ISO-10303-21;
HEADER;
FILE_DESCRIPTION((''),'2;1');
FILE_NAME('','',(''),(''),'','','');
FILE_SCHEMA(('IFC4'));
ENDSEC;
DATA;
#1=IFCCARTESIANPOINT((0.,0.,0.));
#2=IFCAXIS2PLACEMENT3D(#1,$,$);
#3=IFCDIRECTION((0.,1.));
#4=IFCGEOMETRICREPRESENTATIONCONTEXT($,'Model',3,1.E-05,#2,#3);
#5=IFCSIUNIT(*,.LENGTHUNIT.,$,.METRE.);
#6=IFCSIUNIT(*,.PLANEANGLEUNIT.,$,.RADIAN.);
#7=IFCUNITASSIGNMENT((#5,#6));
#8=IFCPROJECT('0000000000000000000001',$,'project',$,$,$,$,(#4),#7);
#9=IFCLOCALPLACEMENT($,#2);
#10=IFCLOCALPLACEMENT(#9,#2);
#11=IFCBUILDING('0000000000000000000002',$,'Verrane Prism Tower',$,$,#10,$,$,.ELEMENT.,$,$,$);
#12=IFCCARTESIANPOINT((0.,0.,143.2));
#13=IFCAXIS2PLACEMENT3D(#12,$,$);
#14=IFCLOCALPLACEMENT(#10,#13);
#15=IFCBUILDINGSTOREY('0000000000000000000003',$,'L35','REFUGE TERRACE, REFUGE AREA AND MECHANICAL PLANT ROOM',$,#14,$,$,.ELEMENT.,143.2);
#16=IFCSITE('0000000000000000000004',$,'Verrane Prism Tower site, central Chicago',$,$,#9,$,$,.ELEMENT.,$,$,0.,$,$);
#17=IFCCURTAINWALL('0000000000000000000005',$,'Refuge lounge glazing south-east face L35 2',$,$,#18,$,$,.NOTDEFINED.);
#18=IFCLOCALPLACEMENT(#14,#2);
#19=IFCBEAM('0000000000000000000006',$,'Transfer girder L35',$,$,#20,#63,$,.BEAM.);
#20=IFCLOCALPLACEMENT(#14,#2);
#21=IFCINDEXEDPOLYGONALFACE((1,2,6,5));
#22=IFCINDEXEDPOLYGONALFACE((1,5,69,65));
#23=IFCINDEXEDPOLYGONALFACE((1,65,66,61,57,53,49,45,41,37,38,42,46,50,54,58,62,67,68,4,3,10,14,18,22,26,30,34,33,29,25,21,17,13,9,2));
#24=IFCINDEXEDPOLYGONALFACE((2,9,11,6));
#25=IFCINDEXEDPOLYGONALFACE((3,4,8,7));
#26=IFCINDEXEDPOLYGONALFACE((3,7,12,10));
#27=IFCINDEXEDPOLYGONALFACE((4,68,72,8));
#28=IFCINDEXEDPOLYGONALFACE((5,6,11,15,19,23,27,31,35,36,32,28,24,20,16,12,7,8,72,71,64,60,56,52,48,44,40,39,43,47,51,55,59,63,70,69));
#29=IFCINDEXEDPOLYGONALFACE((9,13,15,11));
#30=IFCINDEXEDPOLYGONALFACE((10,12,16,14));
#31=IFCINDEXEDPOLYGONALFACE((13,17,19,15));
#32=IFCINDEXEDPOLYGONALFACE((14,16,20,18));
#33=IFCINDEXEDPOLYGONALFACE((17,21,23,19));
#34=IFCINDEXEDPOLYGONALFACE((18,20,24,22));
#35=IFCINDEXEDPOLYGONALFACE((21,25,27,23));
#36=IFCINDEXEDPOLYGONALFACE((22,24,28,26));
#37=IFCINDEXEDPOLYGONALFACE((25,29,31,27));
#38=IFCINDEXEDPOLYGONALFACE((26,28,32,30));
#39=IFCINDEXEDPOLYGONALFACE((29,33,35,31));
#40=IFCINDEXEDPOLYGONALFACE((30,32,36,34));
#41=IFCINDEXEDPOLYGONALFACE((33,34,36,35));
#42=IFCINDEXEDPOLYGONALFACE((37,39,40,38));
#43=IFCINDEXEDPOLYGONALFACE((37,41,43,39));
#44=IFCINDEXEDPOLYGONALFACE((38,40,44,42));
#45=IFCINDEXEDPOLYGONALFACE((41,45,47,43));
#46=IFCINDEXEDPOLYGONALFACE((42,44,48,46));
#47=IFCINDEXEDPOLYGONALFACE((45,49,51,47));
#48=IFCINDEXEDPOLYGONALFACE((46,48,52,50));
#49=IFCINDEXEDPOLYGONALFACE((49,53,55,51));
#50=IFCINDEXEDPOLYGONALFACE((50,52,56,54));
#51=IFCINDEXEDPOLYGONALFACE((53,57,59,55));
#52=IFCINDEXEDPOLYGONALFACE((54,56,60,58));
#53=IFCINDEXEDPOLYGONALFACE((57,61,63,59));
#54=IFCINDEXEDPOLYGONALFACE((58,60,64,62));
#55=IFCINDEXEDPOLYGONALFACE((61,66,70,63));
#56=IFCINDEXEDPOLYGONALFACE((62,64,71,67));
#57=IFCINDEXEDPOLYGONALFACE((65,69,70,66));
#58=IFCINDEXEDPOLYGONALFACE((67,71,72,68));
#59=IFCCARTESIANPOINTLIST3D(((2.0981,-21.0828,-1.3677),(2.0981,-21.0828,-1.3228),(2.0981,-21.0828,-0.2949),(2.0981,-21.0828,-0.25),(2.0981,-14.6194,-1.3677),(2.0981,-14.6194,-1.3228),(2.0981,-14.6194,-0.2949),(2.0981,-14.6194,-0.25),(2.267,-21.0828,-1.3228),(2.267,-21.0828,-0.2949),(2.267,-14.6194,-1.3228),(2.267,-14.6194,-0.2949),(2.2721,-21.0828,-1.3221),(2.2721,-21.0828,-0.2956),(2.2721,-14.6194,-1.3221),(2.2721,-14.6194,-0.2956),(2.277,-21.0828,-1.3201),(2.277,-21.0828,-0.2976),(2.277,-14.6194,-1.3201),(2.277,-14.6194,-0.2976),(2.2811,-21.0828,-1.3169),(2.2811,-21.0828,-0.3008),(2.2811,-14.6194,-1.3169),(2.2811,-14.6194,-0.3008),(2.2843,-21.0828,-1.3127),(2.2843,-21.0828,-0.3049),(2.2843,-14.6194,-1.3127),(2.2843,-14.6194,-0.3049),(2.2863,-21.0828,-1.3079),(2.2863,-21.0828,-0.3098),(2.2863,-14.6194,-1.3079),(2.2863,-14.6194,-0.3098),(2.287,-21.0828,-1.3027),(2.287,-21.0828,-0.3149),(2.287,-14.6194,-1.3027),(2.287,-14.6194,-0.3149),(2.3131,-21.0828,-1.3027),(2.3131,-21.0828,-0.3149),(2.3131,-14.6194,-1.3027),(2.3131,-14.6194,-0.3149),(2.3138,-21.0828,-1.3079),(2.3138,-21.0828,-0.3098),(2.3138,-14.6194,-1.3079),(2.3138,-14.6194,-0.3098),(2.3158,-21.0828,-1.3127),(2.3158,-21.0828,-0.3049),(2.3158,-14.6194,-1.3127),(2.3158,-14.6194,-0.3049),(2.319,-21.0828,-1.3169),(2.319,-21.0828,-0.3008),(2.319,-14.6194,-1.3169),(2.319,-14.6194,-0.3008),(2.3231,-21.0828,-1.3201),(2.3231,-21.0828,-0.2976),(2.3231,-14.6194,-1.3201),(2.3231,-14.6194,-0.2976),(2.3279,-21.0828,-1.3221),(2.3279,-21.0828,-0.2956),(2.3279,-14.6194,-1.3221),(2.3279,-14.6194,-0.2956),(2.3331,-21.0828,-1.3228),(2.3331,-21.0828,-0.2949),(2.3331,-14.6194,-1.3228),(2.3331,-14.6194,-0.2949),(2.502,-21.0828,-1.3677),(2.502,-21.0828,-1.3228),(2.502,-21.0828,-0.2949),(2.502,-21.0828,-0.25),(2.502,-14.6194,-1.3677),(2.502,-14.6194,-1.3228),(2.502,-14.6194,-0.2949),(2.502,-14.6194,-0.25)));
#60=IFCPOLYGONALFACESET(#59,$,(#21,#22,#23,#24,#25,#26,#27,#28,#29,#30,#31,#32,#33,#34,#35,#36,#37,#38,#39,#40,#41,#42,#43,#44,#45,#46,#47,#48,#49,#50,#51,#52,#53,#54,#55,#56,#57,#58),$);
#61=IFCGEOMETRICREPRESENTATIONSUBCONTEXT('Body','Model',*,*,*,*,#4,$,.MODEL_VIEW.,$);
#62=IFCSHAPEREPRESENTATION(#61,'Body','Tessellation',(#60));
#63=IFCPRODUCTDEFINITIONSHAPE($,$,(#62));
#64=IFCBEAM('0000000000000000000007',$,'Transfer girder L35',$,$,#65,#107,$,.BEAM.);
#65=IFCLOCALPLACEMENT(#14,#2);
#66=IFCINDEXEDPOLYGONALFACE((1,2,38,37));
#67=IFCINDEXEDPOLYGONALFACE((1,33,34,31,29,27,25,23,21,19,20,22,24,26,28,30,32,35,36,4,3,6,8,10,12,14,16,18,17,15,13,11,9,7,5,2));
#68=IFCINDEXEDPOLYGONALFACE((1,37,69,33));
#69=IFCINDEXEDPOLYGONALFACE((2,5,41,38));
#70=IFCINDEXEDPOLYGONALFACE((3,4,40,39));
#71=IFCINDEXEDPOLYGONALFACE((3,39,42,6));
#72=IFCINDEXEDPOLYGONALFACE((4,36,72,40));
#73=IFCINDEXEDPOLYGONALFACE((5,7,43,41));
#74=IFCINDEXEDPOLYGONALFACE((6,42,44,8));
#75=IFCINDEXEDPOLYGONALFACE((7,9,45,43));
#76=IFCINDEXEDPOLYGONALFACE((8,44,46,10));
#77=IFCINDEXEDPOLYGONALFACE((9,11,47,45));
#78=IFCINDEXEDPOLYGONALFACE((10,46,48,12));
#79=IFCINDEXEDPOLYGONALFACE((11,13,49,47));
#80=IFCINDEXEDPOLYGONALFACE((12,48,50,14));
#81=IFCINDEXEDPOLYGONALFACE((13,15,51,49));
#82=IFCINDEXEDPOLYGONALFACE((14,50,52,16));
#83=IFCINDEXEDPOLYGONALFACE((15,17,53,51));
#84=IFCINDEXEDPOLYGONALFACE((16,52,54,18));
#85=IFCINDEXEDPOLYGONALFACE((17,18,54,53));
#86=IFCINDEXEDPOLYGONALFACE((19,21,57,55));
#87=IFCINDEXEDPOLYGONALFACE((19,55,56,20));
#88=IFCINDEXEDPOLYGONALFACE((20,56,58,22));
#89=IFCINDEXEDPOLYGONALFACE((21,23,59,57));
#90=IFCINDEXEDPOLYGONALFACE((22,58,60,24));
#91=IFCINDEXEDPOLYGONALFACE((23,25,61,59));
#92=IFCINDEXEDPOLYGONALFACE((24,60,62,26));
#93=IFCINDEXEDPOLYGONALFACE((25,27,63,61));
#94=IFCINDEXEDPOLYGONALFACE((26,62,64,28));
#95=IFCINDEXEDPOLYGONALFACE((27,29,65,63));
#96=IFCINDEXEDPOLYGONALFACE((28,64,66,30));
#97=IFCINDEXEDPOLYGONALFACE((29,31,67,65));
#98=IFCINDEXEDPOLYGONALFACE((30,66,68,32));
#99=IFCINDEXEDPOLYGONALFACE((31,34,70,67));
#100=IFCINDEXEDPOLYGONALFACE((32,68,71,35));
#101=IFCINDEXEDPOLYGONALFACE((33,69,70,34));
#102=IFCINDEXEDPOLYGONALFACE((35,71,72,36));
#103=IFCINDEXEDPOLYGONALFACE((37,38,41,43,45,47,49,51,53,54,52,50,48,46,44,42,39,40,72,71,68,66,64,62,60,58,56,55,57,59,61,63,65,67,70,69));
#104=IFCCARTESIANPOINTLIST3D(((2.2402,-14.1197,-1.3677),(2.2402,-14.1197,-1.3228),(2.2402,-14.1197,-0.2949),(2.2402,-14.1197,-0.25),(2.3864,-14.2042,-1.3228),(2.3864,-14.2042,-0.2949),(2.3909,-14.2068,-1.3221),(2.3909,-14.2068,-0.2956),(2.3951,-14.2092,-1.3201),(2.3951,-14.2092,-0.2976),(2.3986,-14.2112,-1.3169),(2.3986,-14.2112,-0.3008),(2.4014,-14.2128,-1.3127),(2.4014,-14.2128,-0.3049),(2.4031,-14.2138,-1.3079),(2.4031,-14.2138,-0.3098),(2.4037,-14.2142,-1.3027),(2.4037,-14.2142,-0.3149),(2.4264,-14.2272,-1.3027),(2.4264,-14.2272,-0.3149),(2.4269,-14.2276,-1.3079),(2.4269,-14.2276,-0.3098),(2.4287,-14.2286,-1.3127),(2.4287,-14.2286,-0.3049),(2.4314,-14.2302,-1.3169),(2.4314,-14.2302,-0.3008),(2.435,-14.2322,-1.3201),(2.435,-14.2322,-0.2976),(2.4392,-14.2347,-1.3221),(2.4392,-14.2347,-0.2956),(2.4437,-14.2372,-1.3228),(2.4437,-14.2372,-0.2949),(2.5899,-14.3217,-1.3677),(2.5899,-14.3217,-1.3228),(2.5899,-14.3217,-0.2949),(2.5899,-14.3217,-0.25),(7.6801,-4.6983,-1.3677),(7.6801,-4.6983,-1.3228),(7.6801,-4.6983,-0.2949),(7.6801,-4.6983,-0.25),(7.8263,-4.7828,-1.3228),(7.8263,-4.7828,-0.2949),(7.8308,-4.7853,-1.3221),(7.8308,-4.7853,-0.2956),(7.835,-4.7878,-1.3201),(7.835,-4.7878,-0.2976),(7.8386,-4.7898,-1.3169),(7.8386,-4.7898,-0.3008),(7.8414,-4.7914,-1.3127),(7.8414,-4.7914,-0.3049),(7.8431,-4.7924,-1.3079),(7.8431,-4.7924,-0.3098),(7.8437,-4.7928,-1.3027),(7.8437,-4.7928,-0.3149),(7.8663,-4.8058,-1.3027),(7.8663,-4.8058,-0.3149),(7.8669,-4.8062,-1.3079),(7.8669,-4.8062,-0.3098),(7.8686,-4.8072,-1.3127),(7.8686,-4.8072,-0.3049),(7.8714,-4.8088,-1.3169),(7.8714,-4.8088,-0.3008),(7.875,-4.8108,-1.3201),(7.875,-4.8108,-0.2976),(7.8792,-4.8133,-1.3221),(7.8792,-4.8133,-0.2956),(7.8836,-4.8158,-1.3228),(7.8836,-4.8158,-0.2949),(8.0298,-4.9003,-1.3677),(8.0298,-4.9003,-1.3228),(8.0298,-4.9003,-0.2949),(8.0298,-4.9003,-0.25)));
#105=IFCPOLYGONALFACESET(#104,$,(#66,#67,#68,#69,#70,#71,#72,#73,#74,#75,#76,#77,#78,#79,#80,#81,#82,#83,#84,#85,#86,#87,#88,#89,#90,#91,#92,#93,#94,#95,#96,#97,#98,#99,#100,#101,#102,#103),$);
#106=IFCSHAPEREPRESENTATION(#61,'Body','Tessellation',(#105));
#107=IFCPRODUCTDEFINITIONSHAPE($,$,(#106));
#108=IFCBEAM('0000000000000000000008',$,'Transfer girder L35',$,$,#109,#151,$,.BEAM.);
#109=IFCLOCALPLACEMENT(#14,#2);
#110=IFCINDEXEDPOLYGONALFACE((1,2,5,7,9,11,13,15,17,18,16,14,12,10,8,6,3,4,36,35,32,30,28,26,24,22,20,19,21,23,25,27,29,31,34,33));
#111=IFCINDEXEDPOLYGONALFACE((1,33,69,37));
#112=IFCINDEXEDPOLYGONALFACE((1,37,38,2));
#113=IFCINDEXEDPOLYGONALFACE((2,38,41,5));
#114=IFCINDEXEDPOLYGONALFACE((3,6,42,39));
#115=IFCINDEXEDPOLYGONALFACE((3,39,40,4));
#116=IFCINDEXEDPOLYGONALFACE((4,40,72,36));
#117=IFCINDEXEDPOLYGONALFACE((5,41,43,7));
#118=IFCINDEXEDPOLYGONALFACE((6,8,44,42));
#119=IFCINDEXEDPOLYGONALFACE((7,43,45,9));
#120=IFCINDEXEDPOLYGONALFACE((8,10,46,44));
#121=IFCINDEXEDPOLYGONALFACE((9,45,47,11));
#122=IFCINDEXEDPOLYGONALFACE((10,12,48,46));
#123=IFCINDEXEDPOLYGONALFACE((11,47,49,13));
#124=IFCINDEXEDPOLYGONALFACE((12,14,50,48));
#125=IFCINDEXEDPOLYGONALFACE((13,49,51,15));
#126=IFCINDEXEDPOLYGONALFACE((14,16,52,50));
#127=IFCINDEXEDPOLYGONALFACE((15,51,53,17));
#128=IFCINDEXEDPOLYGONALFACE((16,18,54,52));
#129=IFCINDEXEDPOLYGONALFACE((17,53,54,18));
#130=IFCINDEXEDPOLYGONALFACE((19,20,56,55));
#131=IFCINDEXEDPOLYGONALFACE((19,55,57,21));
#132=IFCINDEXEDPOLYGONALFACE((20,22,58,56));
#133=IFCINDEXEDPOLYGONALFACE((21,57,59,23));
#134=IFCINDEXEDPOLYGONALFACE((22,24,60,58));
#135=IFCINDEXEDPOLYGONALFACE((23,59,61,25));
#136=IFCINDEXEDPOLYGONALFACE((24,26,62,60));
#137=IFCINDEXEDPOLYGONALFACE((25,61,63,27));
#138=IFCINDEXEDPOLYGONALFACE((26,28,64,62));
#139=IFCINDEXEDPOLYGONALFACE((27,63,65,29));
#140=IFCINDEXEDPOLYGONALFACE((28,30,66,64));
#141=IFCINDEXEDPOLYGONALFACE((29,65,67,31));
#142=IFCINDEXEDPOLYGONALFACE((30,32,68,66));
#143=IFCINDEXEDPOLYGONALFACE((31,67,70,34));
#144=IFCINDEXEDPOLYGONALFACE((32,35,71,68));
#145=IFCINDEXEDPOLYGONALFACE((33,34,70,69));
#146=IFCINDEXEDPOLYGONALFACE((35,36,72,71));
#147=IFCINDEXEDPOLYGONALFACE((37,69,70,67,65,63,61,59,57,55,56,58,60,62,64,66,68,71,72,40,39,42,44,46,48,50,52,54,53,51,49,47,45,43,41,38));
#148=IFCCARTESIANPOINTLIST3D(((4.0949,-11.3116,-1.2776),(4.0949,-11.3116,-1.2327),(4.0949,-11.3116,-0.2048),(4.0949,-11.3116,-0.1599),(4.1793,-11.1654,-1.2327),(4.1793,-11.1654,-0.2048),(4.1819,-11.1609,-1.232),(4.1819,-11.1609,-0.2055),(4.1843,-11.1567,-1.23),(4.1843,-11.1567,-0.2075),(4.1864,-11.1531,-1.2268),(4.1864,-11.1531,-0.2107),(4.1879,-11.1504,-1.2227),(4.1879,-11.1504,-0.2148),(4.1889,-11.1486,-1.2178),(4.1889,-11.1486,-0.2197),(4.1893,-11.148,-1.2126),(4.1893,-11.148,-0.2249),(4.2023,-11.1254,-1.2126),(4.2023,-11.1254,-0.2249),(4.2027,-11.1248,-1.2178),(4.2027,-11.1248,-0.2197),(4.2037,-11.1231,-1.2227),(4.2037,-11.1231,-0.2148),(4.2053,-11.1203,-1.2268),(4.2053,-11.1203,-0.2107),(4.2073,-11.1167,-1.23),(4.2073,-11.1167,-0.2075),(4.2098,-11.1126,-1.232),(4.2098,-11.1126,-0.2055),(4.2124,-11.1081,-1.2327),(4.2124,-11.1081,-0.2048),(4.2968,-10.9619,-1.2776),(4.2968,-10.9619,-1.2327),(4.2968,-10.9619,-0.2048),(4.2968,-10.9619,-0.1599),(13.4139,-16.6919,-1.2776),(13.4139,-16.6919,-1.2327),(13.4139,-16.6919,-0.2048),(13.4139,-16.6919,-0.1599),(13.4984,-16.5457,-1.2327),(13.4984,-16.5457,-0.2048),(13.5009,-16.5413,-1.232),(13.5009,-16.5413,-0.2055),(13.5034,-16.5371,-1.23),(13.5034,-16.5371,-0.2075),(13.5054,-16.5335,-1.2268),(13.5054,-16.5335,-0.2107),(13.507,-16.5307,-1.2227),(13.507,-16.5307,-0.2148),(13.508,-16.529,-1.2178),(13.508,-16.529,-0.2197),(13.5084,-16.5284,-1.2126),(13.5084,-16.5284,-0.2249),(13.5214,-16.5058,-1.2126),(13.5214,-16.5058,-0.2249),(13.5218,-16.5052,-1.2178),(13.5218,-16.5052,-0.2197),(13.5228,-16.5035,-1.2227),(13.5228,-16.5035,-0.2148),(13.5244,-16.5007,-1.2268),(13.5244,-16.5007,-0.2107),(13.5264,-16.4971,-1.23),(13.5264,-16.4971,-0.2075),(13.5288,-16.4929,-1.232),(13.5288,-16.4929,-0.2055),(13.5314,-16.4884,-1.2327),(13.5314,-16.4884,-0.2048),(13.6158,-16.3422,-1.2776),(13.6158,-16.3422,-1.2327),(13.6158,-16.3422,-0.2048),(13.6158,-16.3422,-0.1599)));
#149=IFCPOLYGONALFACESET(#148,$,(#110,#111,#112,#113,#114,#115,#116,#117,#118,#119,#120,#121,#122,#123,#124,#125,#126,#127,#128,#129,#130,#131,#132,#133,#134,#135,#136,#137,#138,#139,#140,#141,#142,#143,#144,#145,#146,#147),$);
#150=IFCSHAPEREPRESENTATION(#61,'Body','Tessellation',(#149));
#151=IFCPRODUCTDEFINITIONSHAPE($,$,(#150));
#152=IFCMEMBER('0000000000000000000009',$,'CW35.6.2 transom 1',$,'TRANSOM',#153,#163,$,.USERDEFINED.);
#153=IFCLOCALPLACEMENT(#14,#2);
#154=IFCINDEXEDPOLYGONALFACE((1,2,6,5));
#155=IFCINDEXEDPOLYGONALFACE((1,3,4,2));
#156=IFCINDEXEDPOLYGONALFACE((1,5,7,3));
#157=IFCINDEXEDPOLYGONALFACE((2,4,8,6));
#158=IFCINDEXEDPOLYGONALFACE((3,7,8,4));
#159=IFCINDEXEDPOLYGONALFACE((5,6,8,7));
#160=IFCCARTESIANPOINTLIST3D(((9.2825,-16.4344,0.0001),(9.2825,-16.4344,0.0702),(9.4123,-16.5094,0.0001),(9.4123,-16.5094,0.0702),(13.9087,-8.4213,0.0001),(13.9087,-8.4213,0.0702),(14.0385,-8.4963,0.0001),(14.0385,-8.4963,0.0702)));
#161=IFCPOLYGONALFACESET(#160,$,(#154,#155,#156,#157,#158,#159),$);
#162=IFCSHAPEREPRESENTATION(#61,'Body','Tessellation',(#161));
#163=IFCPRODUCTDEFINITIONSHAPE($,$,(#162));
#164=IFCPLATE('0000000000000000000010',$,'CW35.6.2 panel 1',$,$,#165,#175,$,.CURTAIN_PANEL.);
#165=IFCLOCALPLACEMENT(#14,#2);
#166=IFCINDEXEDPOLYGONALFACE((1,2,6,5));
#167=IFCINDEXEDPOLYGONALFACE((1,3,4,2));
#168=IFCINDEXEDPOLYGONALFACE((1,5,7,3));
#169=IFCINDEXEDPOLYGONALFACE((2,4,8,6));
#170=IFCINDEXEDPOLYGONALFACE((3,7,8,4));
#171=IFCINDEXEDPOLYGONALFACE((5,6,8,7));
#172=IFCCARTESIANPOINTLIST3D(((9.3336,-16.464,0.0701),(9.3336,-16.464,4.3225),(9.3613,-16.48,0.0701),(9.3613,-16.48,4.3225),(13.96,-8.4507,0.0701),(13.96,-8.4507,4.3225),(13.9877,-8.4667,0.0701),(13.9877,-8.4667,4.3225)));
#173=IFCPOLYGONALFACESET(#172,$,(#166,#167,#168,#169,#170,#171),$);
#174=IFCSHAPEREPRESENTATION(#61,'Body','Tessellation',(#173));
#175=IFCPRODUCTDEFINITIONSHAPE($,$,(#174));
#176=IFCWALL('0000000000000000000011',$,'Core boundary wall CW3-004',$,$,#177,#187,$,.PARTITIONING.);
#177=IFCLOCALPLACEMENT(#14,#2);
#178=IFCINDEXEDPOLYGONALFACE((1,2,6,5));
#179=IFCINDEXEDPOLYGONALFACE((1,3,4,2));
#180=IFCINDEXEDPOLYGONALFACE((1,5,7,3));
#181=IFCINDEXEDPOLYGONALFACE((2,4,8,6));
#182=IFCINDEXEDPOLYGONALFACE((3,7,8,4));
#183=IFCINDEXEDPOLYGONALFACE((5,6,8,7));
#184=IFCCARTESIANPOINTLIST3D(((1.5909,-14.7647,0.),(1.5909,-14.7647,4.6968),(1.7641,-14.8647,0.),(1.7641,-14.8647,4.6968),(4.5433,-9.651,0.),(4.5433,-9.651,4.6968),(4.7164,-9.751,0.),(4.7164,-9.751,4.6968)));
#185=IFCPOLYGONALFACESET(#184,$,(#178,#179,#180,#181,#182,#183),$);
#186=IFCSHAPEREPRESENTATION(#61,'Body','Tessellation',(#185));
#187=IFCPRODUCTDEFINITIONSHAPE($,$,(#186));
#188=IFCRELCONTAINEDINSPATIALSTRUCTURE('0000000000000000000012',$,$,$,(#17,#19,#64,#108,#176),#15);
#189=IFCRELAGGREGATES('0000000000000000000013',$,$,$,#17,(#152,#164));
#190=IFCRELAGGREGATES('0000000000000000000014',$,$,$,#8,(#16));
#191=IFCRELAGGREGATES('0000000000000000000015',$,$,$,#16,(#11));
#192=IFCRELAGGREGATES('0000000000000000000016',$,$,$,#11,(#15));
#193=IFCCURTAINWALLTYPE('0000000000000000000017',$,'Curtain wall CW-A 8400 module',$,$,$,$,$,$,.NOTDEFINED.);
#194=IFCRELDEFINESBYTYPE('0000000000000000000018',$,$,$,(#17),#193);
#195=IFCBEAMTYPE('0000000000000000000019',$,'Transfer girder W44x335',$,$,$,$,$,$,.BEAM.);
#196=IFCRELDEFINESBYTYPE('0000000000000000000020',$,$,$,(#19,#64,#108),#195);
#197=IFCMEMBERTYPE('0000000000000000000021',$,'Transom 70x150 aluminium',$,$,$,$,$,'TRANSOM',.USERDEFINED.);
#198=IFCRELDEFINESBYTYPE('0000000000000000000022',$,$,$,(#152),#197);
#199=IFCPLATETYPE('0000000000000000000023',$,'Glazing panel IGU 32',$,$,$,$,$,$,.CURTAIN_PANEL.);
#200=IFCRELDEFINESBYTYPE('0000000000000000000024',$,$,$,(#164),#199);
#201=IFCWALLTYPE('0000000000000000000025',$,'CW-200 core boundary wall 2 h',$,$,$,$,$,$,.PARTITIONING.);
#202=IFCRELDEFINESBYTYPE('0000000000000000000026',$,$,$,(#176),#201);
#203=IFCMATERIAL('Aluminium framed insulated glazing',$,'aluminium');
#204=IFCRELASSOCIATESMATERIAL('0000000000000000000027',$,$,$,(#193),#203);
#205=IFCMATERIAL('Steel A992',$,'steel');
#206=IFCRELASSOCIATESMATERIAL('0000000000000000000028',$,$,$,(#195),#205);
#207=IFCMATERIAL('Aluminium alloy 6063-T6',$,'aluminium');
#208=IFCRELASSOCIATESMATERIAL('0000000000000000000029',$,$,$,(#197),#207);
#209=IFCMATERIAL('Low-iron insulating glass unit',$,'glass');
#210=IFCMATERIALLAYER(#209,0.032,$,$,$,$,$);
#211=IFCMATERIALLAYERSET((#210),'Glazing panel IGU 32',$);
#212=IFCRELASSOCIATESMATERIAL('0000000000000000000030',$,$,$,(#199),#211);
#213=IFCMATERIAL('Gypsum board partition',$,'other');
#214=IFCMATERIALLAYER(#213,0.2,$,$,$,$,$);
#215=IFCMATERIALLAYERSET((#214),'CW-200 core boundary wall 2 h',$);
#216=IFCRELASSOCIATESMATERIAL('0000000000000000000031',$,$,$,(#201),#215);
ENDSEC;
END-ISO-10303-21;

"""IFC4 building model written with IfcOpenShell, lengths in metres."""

from ifc_helpers import new_model, si_unit, direction, frame, frame_2d, origin, origin_2d, place, context, subcontext, project, spatial, rectangle, i_section, extrude, material, layer, layer_set, material_profile, profile_set, type_object, element, aggregate, save


model = new_model("IFC4")

# Units and contexts
model_context = context("Model", 3, precision=1e-05, world=origin(), true_north=direction((0.0, 1.0)))
body_context = subcontext(model_context, "Body", "Model", "MODEL_VIEW")
ifc_project = project(units=[si_unit("LENGTHUNIT", "METRE"), si_unit("PLANEANGLEUNIT", "RADIAN")], contexts=[model_context])

# Site, building, storey
site_placement = place(None, origin())
site = spatial("IfcSite", under=ifc_project, at=site_placement, Name="Verrane Prism Tower site, central Chicago", CompositionType="ELEMENT", RefElevation=0.0)
building_placement = place(site_placement, origin())
building = spatial("IfcBuilding", under=site, at=building_placement, Name="Verrane Prism Tower", CompositionType="ELEMENT")
storey_placement = place(building_placement, frame((0.0, 0.0, 143.2)))
storey = spatial("IfcBuildingStorey", under=building, at=storey_placement, Name="L35", Description="REFUGE TERRACE, REFUGE AREA AND MECHANICAL PLANT ROOM", CompositionType="ELEMENT", Elevation=143.2)

# Curtain wall
ifc_material_1 = material(Name="Aluminium framed insulated glazing", Category="aluminium")
curtain_wall_type = type_object("IfcCurtainWallType", Name="Curtain wall CW-A 8400 module", PredefinedType="NOTDEFINED", material=ifc_material_1)
curtain_wall_placement = place(storey_placement, origin())
curtain_wall = element("IfcCurtainWall", 1, at=curtain_wall_placement, inside=storey, type_object=curtain_wall_type, Name="Refuge lounge glazing south-east face L35 2", PredefinedType="NOTDEFINED")

# Beams
ifc_material_2 = material(Name="Steel A992", Category="steel")
ifc_material_profile_1 = material_profile(ifc_material_2, i_section(OverallWidth=0.4038, OverallDepth=1.1177, WebThickness=0.0261, FlangeThickness=0.0449, FilletRadius=0.02, at=origin_2d()), Name="W44x335")
ifc_profile_set_1 = profile_set([ifc_material_profile_1], Name="Steel A992")
beam_type_1 = type_object("IfcBeamType", Name="Transfer girder W44x335", PredefinedType="BEAM", material=ifc_profile_set_1)
beam_1_placement = place(storey_placement, frame((2.3, -21.0828, -0.8088), z_axis=(0.0, 1.0, 0.0), x_axis=(-1.0, 0.0, 0.0)))
element("IfcBeam", 2, at=beam_1_placement, inside=storey, type_object=beam_type_1, Name="Transfer girder L35", PredefinedType="BEAM", context=body_context, shape_type="SweptSolid", body=[
    extrude(i_section(OverallWidth=0.4038, OverallDepth=1.1177, WebThickness=0.0261, FlangeThickness=0.0449, FilletRadius=0.02, at=origin_2d()), origin(), (0.0, 0.0, 1.0), 6.4634),
])
beam_2_placement = place(storey_placement, frame((2.415, -14.2207, -0.8088), z_axis=(0.500035, 0.866005, 0.0), x_axis=(-0.866005, 0.500035, 0.0)))
element("IfcBeam", 3, at=beam_2_placement, inside=storey, type_object=beam_type_1, Name="Transfer girder L35", PredefinedType="BEAM", context=body_context, shape_type="SweptSolid", body=[
    extrude(i_section(OverallWidth=0.4038, OverallDepth=1.1177, WebThickness=0.0261, FlangeThickness=0.0449, FilletRadius=0.02, at=origin_2d()), origin(), (0.0, 0.0, 1.0), 10.8792),
])
beam_3_placement = place(storey_placement, frame((13.5149, -16.5171, -0.7188), z_axis=(-0.866026, 0.499999, 0.0), x_axis=(-0.499999, -0.866026, 0.0)))
element("IfcBeam", 4, at=beam_3_placement, inside=storey, type_object=beam_type_1, Name="Transfer girder L35", PredefinedType="BEAM", context=body_context, shape_type="SweptSolid", body=[
    extrude(i_section(OverallWidth=0.4038, OverallDepth=1.1177, WebThickness=0.0261, FlangeThickness=0.0449, FilletRadius=0.02, at=origin_2d()), origin(), (0.0, 0.0, 1.0), 10.7607),
])

# Member
ifc_material_3 = material(Name="Aluminium alloy 6063-T6", Category="aluminium")
ifc_material_profile_2 = material_profile(ifc_material_3, rectangle(XDim=0.1499, YDim=0.0701, at=origin_2d()), Name="Transom 70x150 aluminium")
ifc_profile_set_2 = profile_set([ifc_material_profile_2], Name="Aluminium alloy 6063-T6")
member_type_1 = type_object("IfcMemberType", Name="Transom 70x150 aluminium", ElementType="TRANSOM", PredefinedType="USERDEFINED", material=ifc_profile_set_2)
member_1_placement = place(storey_placement, frame((9.3474, -16.4719, 0.0352), z_axis=(0.499984, 0.866034, 0.0), x_axis=(-0.866034, 0.499984, 0.0)))
member_1 = element("IfcMember", 5, at=member_1_placement, type_object=member_type_1, Name="CW35.6.2 transom 1", ObjectType="TRANSOM", PredefinedType="USERDEFINED", context=body_context, shape_type="SweptSolid", body=[
    extrude(rectangle(XDim=0.1499, YDim=0.0701, at=origin_2d()), origin(), (0.0, 0.0, 1.0), 9.2527),
])

# Plate
ifc_material_4 = material(Name="Low-iron insulating glass unit", Category="glass")
ifc_layer_1 = layer(ifc_material_4, 0.032)
ifc_layer_set_1 = layer_set([ifc_layer_1], Name="Glazing panel IGU 32")
plate_type = type_object("IfcPlateType", Name="Glazing panel IGU 32", PredefinedType="CURTAIN_PANEL", material=ifc_layer_set_1)
plate_placement = place(storey_placement, frame((11.6606, -12.4653, 0.0701), z_axis=(0.0, 0.0, 1.0), x_axis=(0.500001, 0.866025, 0.0)))
plate = element("IfcPlate", 6, at=plate_placement, type_object=plate_type, Name="CW35.6.2 panel 1", PredefinedType="CURTAIN_PANEL", context=body_context, shape_type="SweptSolid", body=[
    extrude(rectangle(XDim=9.2529, YDim=0.032, at=origin_2d()), origin(), (0.0, 0.0, 1.0), 4.2524),
])
aggregate(curtain_wall, [member_1, plate])

# Wall
ifc_material_5 = material(Name="Gypsum board partition", Category="other")
ifc_layer_2 = layer(ifc_material_5, 0.2)
ifc_layer_set_2 = layer_set([ifc_layer_2], Name="CW-200 core boundary wall 2 h")
wall_type_1 = type_object("IfcWallType", Name="CW-200 core boundary wall 2 h", PredefinedType="PARTITIONING", material=ifc_layer_set_2)
wall_1_placement = place(storey_placement, frame((1.6775, -14.8147, 0.0), z_axis=(0.0, 0.0, 1.0), x_axis=(0.499994, 0.866029, 0.0)))
element("IfcWall", 7, at=wall_1_placement, inside=storey, type_object=wall_type_1, Name="Core boundary wall CW3-004", PredefinedType="PARTITIONING", context=body_context, shape_type="SweptSolid", body=[
    extrude(rectangle(XDim=5.9048, YDim=0.2, at=frame_2d((2.9524, 0.0))), origin(), (0.0, 0.0, 1.0), 4.6968),
])

save(model, "model.ifc")
